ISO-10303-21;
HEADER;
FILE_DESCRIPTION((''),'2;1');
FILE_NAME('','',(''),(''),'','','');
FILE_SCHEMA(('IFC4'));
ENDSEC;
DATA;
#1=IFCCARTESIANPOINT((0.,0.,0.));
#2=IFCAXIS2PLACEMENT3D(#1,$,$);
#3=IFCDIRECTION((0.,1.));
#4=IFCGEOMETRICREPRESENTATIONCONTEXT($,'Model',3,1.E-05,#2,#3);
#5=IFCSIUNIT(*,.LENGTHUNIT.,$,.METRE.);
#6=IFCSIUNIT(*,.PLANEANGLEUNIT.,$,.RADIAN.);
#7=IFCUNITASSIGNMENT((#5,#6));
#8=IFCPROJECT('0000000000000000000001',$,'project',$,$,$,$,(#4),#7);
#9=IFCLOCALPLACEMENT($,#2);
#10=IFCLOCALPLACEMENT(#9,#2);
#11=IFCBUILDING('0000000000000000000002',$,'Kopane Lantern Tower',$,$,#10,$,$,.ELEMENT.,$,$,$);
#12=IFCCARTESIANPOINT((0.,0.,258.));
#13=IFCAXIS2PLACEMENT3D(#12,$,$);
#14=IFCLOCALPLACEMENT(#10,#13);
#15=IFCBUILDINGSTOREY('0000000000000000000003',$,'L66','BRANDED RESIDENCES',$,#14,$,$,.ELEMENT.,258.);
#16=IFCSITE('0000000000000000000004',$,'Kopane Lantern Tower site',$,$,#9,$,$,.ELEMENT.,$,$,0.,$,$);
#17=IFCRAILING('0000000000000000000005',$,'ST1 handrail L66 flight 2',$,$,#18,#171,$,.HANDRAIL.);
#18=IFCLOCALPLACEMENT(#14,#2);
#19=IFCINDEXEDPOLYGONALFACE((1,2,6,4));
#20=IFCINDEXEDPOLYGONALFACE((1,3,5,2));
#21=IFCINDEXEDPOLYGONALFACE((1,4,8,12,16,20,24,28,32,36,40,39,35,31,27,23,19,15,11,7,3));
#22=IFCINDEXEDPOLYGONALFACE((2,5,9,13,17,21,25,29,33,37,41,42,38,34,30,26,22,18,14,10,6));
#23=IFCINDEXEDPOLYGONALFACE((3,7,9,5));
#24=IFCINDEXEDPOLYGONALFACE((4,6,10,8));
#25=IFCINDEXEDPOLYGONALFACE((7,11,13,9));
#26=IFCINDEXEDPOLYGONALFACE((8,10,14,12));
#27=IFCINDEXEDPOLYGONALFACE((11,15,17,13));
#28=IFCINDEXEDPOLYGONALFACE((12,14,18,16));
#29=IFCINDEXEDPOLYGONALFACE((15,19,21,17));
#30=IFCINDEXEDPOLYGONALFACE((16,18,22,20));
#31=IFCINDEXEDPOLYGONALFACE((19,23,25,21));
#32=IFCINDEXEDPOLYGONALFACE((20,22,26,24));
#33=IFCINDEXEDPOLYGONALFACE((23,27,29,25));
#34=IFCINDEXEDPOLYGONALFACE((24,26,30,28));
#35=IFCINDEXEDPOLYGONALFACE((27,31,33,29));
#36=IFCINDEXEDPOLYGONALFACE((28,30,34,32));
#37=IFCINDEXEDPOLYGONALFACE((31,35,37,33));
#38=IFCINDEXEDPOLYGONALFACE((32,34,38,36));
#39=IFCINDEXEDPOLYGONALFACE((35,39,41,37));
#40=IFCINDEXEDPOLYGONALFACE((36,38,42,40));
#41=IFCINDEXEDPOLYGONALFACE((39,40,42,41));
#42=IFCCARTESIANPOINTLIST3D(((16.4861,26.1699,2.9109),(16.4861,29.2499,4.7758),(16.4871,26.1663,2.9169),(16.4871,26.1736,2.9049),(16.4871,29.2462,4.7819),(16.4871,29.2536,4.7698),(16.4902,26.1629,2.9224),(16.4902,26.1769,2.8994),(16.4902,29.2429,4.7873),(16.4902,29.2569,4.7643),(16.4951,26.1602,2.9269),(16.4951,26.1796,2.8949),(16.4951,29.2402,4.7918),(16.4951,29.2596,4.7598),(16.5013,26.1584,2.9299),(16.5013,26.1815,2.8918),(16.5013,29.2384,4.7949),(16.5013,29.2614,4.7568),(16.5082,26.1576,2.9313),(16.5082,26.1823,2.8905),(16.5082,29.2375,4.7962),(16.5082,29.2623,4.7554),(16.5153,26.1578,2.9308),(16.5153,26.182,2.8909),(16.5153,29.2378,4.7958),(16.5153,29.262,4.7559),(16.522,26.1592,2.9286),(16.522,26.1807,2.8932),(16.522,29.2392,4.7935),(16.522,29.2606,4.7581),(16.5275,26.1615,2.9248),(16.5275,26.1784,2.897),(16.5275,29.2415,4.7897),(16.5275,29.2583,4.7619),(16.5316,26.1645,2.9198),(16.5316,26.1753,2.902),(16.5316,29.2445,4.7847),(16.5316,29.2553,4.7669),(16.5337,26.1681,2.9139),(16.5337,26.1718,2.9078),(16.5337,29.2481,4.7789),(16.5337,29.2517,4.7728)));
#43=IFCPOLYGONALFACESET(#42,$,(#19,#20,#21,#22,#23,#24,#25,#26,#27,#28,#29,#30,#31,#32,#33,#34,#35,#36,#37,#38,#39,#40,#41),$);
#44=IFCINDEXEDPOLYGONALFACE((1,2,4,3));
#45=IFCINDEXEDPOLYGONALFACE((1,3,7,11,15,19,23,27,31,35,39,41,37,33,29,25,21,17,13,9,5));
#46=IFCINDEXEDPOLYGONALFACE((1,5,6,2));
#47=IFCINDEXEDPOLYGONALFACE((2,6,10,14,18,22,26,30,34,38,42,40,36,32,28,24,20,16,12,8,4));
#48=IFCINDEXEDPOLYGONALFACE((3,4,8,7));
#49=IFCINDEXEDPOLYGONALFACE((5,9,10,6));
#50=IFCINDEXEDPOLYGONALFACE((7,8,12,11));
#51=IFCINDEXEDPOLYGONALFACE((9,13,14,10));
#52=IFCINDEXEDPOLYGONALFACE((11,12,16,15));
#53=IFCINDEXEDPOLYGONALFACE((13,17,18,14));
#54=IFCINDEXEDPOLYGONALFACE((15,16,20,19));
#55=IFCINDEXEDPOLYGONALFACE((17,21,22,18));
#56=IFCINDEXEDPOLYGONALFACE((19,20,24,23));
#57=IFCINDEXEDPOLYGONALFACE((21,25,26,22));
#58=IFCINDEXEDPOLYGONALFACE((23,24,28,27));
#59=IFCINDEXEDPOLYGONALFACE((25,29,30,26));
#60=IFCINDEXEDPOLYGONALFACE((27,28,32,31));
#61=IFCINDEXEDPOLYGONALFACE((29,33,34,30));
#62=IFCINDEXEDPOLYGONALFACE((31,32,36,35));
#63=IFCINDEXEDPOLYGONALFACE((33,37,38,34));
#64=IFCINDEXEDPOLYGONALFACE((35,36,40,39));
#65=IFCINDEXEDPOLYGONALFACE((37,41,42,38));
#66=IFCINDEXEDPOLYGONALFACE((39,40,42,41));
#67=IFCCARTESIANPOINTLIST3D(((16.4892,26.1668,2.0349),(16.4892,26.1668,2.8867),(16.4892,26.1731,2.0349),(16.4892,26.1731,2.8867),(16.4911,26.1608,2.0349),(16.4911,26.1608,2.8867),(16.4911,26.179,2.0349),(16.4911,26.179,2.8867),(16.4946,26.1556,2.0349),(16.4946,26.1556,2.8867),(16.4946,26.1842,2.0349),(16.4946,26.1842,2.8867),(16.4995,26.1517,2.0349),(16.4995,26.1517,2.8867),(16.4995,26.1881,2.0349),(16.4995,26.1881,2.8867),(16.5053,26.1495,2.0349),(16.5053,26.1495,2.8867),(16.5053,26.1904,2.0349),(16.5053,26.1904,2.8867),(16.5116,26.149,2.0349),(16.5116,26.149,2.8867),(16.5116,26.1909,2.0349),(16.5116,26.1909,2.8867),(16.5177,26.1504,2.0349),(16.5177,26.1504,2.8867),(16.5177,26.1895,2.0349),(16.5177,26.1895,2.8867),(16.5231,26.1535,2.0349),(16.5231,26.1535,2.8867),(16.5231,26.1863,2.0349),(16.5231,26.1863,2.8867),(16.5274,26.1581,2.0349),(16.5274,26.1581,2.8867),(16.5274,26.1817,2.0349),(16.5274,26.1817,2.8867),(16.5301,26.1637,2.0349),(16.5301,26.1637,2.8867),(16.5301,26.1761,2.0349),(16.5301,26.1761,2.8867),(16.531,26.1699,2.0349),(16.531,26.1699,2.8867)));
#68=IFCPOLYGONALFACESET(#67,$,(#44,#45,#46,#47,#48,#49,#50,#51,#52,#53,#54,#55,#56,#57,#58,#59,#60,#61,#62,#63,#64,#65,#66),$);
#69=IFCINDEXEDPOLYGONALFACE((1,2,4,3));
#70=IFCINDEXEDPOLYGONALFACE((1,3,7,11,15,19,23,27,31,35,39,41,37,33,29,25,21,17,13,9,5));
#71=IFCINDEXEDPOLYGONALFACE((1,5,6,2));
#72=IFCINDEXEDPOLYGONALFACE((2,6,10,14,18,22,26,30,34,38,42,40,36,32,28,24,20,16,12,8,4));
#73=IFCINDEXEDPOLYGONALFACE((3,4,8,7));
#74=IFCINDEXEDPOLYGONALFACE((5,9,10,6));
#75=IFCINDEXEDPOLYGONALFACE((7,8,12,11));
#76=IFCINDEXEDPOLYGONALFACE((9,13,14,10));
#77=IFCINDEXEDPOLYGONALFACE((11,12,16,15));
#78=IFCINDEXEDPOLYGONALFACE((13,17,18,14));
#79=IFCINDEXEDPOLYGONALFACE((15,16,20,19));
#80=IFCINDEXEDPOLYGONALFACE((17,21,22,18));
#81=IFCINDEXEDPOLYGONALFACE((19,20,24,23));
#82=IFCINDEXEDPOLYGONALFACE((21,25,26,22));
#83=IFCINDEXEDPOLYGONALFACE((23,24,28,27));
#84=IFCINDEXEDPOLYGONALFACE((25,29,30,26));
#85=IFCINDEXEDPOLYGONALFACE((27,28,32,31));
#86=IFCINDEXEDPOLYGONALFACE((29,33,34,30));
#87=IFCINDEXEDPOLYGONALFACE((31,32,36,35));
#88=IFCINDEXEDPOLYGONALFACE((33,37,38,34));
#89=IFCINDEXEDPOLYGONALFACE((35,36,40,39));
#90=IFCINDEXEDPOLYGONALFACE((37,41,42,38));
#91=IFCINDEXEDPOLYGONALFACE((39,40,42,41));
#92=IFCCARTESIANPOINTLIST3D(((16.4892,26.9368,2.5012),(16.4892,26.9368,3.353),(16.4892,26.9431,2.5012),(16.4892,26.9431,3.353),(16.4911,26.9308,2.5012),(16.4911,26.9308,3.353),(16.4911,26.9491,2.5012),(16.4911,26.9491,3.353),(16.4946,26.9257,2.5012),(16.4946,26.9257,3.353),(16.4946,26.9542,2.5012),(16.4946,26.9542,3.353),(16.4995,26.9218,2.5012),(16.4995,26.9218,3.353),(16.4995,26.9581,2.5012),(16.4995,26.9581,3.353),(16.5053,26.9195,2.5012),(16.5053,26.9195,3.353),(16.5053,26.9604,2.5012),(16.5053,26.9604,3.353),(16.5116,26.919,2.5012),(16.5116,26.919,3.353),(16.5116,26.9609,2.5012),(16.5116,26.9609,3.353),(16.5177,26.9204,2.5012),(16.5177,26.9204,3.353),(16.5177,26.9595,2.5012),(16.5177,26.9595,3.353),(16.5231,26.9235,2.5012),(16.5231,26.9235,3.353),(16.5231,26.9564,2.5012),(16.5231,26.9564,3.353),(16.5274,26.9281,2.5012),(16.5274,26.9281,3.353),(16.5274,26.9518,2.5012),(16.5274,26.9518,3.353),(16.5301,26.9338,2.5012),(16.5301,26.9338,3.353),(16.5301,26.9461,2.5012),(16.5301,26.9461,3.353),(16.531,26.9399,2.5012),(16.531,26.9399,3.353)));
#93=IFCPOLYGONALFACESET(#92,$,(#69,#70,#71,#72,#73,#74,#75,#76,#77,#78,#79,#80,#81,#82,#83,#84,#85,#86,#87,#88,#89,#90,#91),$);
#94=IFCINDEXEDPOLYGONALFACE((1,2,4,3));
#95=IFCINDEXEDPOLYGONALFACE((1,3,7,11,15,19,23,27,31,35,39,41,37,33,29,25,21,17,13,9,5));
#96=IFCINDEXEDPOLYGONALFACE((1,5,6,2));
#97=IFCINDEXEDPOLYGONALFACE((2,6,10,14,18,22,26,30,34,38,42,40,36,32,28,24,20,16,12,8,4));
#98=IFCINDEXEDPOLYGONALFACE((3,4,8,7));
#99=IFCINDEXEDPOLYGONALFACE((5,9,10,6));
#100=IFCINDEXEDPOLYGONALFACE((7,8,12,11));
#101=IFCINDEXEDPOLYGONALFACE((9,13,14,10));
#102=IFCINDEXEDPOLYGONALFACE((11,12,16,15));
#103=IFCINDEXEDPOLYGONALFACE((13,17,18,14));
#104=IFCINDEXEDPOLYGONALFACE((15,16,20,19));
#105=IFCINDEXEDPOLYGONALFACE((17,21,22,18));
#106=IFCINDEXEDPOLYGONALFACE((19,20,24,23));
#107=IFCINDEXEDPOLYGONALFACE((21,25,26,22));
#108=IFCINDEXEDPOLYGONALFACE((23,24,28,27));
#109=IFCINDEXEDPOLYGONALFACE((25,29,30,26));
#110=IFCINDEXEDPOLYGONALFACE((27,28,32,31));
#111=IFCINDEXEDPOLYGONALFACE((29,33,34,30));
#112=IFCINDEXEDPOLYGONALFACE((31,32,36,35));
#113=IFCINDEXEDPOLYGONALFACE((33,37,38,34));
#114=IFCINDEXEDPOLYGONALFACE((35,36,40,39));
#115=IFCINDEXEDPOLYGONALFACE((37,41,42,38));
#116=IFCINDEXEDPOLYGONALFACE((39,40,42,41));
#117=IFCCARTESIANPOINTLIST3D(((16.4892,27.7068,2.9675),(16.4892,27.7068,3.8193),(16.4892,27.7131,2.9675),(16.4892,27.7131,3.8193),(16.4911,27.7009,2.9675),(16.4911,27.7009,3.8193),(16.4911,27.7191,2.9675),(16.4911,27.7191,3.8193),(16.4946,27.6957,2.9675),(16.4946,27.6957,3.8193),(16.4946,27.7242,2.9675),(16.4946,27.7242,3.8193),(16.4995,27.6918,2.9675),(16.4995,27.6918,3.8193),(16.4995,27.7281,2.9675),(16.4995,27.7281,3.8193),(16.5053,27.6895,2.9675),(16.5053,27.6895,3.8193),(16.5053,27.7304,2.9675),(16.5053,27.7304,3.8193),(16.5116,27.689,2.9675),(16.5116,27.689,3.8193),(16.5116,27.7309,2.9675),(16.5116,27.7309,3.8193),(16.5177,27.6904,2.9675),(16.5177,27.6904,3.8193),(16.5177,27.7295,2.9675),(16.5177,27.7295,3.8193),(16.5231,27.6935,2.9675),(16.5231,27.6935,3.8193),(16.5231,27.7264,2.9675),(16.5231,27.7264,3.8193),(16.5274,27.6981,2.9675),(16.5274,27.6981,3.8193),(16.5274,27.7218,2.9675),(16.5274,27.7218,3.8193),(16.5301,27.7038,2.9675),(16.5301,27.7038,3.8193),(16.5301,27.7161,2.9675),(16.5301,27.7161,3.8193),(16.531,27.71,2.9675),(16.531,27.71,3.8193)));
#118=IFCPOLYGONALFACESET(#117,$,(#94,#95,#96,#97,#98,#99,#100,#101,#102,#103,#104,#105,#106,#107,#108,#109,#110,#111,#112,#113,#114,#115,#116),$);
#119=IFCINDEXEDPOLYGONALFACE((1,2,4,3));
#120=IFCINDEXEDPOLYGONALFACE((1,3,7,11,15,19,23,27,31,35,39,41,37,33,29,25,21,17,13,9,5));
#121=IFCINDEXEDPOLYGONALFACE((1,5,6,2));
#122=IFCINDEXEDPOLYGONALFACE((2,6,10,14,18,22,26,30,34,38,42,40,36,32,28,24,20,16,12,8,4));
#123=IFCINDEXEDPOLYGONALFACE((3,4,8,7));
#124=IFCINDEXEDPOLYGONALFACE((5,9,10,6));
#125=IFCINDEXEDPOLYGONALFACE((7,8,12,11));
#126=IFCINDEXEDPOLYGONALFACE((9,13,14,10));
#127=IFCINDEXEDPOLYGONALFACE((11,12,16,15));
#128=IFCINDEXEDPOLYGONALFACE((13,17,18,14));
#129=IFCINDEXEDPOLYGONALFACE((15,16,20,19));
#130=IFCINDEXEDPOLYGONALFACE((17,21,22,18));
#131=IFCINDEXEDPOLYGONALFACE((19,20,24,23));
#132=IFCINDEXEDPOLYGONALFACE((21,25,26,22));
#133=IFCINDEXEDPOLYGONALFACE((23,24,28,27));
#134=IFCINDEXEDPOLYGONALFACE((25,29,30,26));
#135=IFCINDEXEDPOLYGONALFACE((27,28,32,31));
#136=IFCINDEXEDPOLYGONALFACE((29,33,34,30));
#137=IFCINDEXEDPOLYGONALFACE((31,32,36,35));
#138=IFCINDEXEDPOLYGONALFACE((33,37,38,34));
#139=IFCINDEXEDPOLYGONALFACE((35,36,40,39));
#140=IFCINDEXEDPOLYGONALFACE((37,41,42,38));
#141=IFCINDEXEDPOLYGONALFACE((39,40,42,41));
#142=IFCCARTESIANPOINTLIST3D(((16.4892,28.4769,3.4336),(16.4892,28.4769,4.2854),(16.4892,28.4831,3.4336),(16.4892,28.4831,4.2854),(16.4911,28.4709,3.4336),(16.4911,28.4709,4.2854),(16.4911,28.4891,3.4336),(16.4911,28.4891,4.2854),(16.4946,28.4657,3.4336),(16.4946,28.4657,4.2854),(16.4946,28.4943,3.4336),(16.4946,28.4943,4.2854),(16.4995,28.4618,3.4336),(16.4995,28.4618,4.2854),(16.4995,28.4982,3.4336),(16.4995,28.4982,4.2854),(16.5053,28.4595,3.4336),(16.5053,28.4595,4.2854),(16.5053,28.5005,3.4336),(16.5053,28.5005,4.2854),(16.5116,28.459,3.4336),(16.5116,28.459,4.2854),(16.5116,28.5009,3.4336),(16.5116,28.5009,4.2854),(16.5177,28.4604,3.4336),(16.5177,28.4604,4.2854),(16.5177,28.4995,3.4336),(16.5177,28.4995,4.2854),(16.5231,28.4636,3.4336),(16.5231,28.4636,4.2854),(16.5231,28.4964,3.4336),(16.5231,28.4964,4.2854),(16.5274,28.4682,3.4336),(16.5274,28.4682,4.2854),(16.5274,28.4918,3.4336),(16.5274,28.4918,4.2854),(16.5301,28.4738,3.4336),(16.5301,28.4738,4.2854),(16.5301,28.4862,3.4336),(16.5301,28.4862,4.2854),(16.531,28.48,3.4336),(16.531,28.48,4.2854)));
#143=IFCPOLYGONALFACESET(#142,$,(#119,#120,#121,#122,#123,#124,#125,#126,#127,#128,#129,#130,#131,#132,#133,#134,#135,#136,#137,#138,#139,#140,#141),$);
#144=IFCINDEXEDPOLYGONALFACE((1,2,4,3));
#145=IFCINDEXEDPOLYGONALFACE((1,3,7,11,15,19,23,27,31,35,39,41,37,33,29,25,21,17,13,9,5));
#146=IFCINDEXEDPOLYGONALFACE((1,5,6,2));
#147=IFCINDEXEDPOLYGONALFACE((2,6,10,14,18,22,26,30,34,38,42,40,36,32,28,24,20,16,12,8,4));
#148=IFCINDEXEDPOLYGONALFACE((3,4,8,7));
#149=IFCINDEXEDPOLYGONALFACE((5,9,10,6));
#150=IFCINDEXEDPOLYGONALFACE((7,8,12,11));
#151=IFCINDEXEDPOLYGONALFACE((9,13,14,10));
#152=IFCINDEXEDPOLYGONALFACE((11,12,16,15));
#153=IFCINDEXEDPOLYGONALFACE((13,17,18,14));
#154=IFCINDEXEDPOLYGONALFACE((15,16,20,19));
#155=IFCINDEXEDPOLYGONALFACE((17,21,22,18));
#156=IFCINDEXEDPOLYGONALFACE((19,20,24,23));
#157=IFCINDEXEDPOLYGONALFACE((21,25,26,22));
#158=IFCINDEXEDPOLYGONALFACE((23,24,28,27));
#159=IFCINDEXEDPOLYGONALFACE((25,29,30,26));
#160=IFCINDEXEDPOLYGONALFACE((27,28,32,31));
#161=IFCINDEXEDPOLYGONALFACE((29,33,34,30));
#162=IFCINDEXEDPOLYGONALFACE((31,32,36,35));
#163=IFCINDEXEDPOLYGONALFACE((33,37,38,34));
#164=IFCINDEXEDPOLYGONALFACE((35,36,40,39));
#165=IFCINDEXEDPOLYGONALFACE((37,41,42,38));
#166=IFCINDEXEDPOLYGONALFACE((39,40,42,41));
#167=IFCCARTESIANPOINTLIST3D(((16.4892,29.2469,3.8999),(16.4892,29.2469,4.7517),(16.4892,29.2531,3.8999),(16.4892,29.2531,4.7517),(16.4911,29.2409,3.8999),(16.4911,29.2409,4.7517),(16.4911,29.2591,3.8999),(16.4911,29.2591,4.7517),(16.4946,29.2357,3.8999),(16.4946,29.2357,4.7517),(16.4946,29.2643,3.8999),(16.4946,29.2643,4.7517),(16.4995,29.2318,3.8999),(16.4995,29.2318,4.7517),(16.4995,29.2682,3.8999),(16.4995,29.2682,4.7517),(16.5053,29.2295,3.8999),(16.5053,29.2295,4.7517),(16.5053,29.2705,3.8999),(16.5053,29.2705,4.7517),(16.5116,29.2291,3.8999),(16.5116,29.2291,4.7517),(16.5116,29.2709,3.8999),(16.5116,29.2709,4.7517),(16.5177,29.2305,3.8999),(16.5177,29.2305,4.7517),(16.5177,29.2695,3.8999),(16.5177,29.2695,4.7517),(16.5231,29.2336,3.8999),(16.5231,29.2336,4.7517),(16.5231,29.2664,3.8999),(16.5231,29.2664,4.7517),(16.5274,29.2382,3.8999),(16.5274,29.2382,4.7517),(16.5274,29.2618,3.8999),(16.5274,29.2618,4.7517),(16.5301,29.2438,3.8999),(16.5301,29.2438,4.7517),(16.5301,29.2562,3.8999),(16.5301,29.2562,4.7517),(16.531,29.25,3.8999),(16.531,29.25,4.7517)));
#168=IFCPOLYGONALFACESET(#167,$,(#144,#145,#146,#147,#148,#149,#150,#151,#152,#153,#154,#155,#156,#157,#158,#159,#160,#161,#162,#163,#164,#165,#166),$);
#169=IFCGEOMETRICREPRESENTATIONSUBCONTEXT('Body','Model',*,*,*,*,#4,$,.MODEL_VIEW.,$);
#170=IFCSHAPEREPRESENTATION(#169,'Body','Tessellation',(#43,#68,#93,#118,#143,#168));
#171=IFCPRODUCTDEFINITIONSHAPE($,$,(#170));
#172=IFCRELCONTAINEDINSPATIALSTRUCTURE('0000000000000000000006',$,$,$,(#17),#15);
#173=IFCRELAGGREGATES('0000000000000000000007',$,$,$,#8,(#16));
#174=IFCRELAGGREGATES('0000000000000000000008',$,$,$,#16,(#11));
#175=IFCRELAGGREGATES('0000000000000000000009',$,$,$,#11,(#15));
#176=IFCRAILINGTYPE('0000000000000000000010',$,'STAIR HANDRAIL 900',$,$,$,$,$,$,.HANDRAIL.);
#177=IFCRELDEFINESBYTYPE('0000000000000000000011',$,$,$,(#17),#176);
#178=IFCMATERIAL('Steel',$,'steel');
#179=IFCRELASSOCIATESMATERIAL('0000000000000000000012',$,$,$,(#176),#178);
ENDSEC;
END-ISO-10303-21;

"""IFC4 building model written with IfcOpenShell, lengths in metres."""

from ifc_helpers import new_model, si_unit, direction, frame, origin, origin_2d, place, context, subcontext, project, spatial, circle, extrude, material, type_object, element, save


model = new_model("IFC4")

# Units and contexts
model_context = context("Model", 3, precision=1e-05, world=origin(), true_north=direction((0.0, 1.0)))
body_context = subcontext(model_context, "Body", "Model", "MODEL_VIEW")
ifc_project = project(units=[si_unit("LENGTHUNIT", "METRE"), si_unit("PLANEANGLEUNIT", "RADIAN")], contexts=[model_context])

# Site, building, storey
site_placement = place(None, origin())
site = spatial("IfcSite", under=ifc_project, at=site_placement, Name="Kopane Lantern Tower site", CompositionType="ELEMENT", RefElevation=0.0)
building_placement = place(site_placement, origin())
building = spatial("IfcBuilding", under=site, at=building_placement, Name="Kopane Lantern Tower", CompositionType="ELEMENT")
storey_placement = place(building_placement, frame((0.0, 0.0, 258.0)))
storey = spatial("IfcBuildingStorey", under=building, at=storey_placement, Name="L66", Description="BRANDED RESIDENCES", CompositionType="ELEMENT", Elevation=258.0)

# Railing
ifc_material_1 = material(Name="Steel", Category="steel")
railing_type_1 = type_object("IfcRailingType", Name="STAIR HANDRAIL 900", PredefinedType="HANDRAIL", material=ifc_material_1)
for number, where, name in (
    (1, (16.51, 26.1699, 2.0349), "ST1 handrail L66 flight 2"),
):
    element("IfcRailing", number, at=place(storey_placement, frame(where)), inside=storey, type_object=railing_type_1, Name=name, PredefinedType="HANDRAIL", context=body_context, shape_type="SweptSolid", body=[
        extrude(circle(Radius=0.0239, at=origin_2d()), frame((0.0, 0.0, 0.876), z_axis=(0.0, 0.85541, 0.517952), x_axis=(-1.0, 0.0, 0.0)), (0.0, 0.0, 1.0), 3.6006),
        extrude(circle(Radius=0.021, at=origin_2d()), origin(), (0.0, 0.0, 1.0), 0.8518),
        extrude(circle(Radius=0.021, at=origin_2d()), frame((0.0, 0.77, 0.4663)), (0.0, 0.0, 1.0), 0.8518),
        extrude(circle(Radius=0.021, at=origin_2d()), frame((0.0, 1.54, 0.9326)), (0.0, 0.0, 1.0), 0.8518),
        extrude(circle(Radius=0.021, at=origin_2d()), frame((0.0, 2.3101, 1.3987)), (0.0, 0.0, 1.0), 0.8518),
        extrude(circle(Radius=0.021, at=origin_2d()), frame((0.0, 3.0801, 1.865)), (0.0, 0.0, 1.0), 0.8518),
    ])

save(model, "model.ifc")
